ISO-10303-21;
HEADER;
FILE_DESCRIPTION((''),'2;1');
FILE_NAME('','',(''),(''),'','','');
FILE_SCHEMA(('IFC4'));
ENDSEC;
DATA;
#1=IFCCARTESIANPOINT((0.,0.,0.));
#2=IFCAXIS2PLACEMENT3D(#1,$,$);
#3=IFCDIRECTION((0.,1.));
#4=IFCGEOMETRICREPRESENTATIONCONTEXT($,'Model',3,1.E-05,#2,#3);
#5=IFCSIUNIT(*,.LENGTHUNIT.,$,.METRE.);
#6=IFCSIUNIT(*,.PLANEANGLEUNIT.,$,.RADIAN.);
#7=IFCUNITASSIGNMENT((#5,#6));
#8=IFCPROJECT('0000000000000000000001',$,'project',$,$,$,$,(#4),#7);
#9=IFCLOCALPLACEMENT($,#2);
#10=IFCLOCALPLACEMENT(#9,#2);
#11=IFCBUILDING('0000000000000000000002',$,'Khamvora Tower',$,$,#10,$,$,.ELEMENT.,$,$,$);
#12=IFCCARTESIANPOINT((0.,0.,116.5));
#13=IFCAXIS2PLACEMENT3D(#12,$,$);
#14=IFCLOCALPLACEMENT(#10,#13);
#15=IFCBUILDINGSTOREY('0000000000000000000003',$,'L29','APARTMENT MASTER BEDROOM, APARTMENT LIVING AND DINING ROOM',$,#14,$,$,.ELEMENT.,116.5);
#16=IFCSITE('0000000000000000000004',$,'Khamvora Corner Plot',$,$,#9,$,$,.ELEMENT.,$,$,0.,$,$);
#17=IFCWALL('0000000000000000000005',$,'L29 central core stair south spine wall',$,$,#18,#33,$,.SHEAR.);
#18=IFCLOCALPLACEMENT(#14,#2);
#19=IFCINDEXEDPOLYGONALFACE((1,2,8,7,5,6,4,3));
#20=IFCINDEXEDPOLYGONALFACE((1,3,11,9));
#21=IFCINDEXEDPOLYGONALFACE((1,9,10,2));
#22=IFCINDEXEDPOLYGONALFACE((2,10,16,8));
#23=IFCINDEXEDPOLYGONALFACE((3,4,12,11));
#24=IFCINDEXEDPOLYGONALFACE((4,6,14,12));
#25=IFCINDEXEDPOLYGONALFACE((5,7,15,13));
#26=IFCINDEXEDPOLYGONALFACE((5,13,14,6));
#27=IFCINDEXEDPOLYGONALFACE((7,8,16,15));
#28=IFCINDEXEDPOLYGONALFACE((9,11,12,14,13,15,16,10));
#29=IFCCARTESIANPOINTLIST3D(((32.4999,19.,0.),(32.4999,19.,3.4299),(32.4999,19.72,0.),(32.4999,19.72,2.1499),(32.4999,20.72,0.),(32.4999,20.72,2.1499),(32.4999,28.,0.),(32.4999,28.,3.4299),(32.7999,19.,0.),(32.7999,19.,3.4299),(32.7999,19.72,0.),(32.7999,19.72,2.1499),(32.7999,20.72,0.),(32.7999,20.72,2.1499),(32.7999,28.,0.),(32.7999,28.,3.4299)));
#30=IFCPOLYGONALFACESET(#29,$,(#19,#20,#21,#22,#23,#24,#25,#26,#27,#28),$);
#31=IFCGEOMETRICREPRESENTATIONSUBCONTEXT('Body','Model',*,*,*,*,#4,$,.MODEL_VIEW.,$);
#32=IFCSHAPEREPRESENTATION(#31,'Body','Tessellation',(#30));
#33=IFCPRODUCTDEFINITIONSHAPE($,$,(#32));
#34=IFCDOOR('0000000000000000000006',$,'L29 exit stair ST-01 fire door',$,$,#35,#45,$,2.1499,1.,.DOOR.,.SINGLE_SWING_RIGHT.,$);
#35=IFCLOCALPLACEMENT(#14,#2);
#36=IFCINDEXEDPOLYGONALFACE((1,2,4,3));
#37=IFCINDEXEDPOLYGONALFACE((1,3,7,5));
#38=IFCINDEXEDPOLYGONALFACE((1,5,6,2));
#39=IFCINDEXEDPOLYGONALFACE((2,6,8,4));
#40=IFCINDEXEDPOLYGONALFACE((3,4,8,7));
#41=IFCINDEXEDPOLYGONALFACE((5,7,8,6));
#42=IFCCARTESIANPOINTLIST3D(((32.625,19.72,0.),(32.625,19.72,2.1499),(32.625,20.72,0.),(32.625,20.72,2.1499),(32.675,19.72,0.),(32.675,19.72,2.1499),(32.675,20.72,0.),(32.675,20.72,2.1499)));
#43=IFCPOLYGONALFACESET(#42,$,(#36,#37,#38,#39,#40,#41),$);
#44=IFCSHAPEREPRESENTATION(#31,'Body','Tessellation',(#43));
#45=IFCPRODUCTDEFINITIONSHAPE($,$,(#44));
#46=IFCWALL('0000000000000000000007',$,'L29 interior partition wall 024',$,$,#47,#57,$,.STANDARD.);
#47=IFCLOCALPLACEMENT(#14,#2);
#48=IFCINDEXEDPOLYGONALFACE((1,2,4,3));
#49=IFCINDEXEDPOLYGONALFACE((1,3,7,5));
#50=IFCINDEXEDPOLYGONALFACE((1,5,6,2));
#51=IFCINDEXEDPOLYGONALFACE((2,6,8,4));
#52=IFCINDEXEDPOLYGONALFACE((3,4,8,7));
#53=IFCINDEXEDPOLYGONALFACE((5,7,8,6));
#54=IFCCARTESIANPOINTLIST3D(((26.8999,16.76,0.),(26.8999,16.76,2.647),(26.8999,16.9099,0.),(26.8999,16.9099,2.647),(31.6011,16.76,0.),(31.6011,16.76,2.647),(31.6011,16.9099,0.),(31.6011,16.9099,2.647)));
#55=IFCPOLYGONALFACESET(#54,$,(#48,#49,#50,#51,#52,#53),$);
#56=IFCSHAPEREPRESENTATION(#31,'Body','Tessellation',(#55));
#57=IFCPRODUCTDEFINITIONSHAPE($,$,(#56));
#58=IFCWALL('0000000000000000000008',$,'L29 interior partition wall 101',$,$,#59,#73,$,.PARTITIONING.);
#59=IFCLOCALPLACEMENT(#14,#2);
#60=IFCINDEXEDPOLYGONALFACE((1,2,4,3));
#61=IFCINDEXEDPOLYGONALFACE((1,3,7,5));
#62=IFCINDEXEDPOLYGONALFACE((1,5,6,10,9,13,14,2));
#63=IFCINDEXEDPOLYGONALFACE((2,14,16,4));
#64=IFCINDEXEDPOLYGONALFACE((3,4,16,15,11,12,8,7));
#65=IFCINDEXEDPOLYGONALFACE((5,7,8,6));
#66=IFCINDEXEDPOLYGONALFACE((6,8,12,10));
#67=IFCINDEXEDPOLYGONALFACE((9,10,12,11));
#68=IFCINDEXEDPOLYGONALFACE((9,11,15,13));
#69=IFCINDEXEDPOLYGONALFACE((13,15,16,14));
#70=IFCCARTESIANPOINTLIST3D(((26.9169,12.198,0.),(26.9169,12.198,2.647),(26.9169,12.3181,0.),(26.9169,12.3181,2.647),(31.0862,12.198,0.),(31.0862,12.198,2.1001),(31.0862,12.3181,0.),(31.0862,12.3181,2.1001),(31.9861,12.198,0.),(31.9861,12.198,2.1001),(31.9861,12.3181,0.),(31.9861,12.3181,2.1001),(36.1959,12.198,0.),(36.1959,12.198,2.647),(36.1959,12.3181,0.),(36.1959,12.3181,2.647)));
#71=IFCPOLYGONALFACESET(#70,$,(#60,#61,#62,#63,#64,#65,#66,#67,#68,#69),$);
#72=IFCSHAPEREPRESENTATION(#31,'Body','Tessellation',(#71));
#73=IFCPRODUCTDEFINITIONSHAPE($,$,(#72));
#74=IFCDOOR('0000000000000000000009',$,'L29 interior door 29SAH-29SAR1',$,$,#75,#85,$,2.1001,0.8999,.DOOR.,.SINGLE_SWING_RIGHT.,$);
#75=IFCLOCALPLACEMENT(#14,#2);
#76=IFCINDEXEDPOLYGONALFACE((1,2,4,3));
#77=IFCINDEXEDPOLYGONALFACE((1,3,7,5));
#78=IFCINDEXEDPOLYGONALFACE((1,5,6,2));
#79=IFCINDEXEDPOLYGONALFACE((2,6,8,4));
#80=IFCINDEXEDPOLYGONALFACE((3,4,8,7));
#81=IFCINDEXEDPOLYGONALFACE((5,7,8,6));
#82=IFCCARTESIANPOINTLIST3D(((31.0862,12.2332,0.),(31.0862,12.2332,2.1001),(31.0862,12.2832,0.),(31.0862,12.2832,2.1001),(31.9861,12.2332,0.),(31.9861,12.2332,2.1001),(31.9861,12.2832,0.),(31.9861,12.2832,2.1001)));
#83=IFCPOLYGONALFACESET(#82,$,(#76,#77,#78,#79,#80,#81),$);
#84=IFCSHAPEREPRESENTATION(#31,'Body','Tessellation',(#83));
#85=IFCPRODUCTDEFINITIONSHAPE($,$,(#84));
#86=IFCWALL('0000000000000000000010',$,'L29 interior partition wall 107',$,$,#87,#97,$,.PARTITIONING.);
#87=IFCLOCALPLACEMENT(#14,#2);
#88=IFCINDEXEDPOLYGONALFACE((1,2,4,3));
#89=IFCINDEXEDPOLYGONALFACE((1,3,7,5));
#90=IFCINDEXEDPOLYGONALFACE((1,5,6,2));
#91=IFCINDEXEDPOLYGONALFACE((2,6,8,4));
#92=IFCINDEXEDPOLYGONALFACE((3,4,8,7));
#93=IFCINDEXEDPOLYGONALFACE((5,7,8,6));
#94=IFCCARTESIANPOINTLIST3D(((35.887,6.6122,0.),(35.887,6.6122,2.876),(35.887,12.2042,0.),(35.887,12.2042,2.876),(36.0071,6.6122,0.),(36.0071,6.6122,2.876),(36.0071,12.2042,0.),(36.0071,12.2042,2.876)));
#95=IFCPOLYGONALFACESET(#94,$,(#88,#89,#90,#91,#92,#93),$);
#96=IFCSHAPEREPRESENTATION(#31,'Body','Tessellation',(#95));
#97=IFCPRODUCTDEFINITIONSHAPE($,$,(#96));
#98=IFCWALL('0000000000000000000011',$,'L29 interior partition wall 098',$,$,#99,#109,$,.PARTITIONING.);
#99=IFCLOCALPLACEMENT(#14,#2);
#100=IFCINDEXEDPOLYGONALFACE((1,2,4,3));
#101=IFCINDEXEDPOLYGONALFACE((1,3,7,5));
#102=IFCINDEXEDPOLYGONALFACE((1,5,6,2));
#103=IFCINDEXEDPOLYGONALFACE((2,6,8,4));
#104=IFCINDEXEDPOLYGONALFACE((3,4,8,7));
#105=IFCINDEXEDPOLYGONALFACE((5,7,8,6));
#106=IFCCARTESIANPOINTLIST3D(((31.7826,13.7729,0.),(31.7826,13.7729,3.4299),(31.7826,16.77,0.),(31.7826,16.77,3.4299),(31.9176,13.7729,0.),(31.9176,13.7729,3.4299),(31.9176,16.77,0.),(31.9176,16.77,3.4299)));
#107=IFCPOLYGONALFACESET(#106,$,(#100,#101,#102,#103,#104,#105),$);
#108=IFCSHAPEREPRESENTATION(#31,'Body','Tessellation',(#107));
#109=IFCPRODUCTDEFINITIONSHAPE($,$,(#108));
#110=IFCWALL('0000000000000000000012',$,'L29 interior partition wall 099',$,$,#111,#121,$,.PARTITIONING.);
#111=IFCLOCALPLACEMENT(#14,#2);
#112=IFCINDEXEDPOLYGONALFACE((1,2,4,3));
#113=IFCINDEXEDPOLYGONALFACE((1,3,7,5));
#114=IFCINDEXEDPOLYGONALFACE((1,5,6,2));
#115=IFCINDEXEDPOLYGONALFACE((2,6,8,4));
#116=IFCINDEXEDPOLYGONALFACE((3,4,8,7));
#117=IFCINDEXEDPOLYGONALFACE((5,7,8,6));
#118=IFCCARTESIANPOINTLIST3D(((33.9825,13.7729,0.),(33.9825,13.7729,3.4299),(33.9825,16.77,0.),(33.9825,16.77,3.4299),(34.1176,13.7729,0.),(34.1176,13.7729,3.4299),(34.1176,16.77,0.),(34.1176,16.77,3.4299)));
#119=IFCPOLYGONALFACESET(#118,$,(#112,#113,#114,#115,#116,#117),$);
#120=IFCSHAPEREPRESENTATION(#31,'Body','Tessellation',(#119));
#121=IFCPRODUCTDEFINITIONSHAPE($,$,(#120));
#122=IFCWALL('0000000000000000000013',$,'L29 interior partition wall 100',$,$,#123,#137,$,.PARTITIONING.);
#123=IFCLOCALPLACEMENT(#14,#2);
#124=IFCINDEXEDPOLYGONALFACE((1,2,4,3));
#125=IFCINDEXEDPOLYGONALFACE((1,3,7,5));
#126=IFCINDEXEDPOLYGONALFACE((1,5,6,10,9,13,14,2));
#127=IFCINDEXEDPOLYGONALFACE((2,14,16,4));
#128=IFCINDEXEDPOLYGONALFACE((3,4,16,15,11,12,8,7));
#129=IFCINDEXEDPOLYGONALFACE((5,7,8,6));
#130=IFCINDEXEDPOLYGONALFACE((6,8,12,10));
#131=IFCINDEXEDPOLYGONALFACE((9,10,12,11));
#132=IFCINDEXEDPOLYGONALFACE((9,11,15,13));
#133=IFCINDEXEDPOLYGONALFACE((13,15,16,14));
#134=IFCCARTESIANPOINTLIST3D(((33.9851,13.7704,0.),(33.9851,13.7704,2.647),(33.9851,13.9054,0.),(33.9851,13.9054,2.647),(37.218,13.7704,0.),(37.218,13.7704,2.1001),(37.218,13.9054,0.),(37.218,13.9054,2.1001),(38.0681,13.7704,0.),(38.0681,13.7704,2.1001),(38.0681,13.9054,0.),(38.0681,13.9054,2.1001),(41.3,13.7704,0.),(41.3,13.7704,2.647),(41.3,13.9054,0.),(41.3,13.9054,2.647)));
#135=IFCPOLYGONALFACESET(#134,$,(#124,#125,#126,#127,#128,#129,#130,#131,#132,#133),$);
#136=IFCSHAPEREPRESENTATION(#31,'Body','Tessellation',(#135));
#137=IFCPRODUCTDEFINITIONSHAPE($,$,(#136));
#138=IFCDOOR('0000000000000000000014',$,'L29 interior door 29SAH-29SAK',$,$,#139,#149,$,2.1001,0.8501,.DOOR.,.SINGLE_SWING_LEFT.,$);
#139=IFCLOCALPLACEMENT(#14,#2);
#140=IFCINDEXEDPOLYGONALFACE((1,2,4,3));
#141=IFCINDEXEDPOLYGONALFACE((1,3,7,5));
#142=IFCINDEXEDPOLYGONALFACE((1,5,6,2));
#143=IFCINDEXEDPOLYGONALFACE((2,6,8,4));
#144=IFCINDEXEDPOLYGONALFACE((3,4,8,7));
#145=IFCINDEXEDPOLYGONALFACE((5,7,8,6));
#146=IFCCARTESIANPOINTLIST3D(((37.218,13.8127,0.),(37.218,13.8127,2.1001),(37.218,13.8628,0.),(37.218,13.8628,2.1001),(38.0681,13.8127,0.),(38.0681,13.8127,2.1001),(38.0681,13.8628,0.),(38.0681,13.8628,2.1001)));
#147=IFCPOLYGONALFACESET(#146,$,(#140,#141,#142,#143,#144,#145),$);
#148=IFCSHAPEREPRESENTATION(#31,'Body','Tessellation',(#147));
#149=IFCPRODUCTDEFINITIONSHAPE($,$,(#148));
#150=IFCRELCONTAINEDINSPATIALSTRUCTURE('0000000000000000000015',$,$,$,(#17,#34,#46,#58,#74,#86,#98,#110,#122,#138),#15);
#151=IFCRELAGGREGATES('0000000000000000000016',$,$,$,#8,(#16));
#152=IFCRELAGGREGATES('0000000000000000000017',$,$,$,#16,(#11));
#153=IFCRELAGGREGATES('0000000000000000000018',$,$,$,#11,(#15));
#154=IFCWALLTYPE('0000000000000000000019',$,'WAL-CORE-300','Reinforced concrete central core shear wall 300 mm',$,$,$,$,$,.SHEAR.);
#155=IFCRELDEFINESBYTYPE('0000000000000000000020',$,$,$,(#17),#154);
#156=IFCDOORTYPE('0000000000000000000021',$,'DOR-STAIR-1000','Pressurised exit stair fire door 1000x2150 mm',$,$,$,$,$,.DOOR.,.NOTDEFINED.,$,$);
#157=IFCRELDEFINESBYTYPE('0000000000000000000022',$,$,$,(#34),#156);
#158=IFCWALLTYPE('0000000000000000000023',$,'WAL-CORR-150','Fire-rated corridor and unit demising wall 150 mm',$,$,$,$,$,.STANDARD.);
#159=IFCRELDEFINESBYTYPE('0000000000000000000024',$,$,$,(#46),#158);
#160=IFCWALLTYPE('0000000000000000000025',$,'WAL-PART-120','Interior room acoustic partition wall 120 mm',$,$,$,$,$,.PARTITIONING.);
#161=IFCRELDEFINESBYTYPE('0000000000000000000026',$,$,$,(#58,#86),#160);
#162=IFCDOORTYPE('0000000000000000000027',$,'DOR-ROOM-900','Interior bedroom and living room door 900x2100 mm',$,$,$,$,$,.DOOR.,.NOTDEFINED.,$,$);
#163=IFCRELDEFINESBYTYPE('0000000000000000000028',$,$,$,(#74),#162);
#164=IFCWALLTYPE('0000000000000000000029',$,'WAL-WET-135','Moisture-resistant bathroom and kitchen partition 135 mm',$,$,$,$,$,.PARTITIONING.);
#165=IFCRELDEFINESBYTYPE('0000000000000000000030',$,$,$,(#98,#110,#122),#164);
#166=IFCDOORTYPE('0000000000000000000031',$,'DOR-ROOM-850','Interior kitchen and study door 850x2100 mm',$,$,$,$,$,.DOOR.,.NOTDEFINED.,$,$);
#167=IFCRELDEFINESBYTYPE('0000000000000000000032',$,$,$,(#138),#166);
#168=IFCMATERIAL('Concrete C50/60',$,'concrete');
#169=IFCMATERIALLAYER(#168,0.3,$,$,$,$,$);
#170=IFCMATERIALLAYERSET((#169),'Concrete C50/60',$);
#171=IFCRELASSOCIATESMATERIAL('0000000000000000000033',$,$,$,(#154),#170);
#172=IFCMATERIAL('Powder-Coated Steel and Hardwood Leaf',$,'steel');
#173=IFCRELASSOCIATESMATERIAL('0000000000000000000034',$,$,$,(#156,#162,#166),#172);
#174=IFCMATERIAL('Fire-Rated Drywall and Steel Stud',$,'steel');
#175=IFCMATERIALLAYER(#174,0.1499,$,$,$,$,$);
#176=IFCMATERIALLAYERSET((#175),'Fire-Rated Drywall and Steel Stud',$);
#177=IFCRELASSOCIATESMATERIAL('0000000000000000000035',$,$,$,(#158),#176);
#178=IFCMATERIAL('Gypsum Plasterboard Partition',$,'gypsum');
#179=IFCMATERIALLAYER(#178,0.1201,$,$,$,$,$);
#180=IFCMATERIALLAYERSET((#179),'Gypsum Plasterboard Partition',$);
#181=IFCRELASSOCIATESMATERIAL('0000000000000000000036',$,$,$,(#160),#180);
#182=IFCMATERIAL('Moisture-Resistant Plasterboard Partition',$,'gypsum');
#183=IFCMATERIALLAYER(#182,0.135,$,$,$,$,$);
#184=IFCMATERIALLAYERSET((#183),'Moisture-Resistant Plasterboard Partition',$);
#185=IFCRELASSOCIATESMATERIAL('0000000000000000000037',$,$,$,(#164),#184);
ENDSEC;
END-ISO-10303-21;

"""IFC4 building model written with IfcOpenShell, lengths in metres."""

from ifc_helpers import new_model, si_unit, direction, frame, frame_2d, origin, place, context, subcontext, project, spatial, rectangle, extrude, material, layer, layer_set, type_object, element, fill, save


model = new_model("IFC4")

# Units and contexts
model_context = context("Model", 3, precision=1e-05, world=origin(), true_north=direction((0.0, 1.0)))
body_context = subcontext(model_context, "Body", "Model", "MODEL_VIEW")
ifc_project = project(units=[si_unit("LENGTHUNIT", "METRE"), si_unit("PLANEANGLEUNIT", "RADIAN")], contexts=[model_context])

# Site, building, storey
site_placement = place(None, origin())
site = spatial("IfcSite", under=ifc_project, at=site_placement, Name="Khamvora Corner Plot", CompositionType="ELEMENT", RefElevation=0.0)
building_placement = place(site_placement, origin())
building = spatial("IfcBuilding", under=site, at=building_placement, Name="Khamvora Tower", CompositionType="ELEMENT")
storey_placement = place(building_placement, frame((0.0, 0.0, 116.5)))
storey = spatial("IfcBuildingStorey", under=building, at=storey_placement, Name="L29", Description="APARTMENT MASTER BEDROOM, APARTMENT LIVING AND DINING ROOM", CompositionType="ELEMENT", Elevation=116.5)

# Wall, opening, door
ifc_material_1 = material(Name="Concrete C50/60", Category="concrete")
ifc_layer_1 = layer(ifc_material_1, 0.3)
ifc_layer_set_1 = layer_set([ifc_layer_1], Name="Concrete C50/60")
wall_type_1 = type_object("IfcWallType", Name="WAL-CORE-300", Description="Reinforced concrete central core shear wall 300 mm", PredefinedType="SHEAR", material=ifc_layer_set_1)
wall_1_placement = place(storey_placement, frame((32.6499, 19.0, 0.0), z_axis=(0.0, 0.0, 1.0), x_axis=(0.0, 1.0, 0.0)))
wall_1 = element("IfcWall", 1, at=wall_1_placement, inside=storey, type_object=wall_type_1, Name="L29 central core stair south spine wall", PredefinedType="SHEAR", context=body_context, shape_type="SweptSolid", body=[
    extrude(rectangle(XDim=9.0, YDim=0.3, at=frame_2d((4.5, 0.0))), origin(), (0.0, 0.0, 1.0), 3.4299),
])
opening_1_placement = place(wall_1_placement, frame((0.72, 0.0, 0.0)))
opening_1 = element("IfcOpeningElement", 2, at=opening_1_placement, cuts=wall_1, PredefinedType="OPENING", context=body_context, shape_type="SweptSolid", body=[
    extrude(rectangle(XDim=1.0, YDim=2.1499, at=frame_2d((0.5, 1.075))), frame((0.0, 0.1599, 0.0), z_axis=(0.0, -1.0, 0.0), x_axis=(1.0, 0.0, 0.0)), (0.0, 0.0, 1.0), 0.3201),
])
ifc_material_2 = material(Name="Powder-Coated Steel and Hardwood Leaf", Category="steel")
door_type_1 = type_object("IfcDoorType", Name="DOR-STAIR-1000", Description="Pressurised exit stair fire door 1000x2150 mm", OperationType="NOTDEFINED", PredefinedType="DOOR", material=ifc_material_2)
door_1_placement = place(opening_1_placement, origin())
door_1 = element("IfcDoor", 3, at=door_1_placement, inside=storey, type_object=door_type_1, Name="L29 exit stair ST-01 fire door", OperationType="SINGLE_SWING_RIGHT", OverallHeight=2.1499, OverallWidth=1.0, PredefinedType="DOOR", context=body_context, shape_type="SweptSolid", body=[
    extrude(rectangle(XDim=1.0, YDim=2.1499, at=frame_2d((0.5, 1.075))), frame((0.0, 0.0249, 0.0), z_axis=(0.0, -1.0, 0.0), x_axis=(1.0, 0.0, 0.0)), (0.0, 0.0, 1.0), 0.05),
])
fill(opening_1, door_1)
ifc_material_3 = material(Name="Fire-Rated Drywall and Steel Stud", Category="steel")
ifc_layer_2 = layer(ifc_material_3, 0.1499)
ifc_layer_set_2 = layer_set([ifc_layer_2], Name="Fire-Rated Drywall and Steel Stud")
wall_type_2 = type_object("IfcWallType", Name="WAL-CORR-150", Description="Fire-rated corridor and unit demising wall 150 mm", PredefinedType="STANDARD", material=ifc_layer_set_2)

# Wall
wall_2_placement = place(storey_placement, frame((31.6011, 16.835, 0.0), z_axis=(0.0, 0.0, 1.0), x_axis=(-1.0, 0.0, 0.0)))
element("IfcWall", 4, at=wall_2_placement, inside=storey, type_object=wall_type_2, Name="L29 interior partition wall 024", PredefinedType="STANDARD", context=body_context, shape_type="SweptSolid", body=[
    extrude(rectangle(XDim=4.7012, YDim=0.1499, at=frame_2d((2.3506, 0.0))), origin(), (0.0, 0.0, 1.0), 2.647),
])

# Wall, opening, door
ifc_material_4 = material(Name="Gypsum Plasterboard Partition", Category="gypsum")
ifc_layer_3 = layer(ifc_material_4, 0.1201)
ifc_layer_set_3 = layer_set([ifc_layer_3], Name="Gypsum Plasterboard Partition")
wall_type_3 = type_object("IfcWallType", Name="WAL-PART-120", Description="Interior room acoustic partition wall 120 mm", PredefinedType="PARTITIONING", material=ifc_layer_set_3)
wall_3_placement = place(storey_placement, frame((36.196, 12.2581, 0.0), z_axis=(0.0, 0.0, 1.0), x_axis=(-1.0, 0.0, 0.0)))
wall_3 = element("IfcWall", 5, at=wall_3_placement, inside=storey, type_object=wall_type_3, Name="L29 interior partition wall 101", PredefinedType="PARTITIONING", context=body_context, shape_type="SweptSolid", body=[
    extrude(rectangle(XDim=9.2791, YDim=0.1201, at=frame_2d((4.6396, 0.0))), origin(), (0.0, 0.0, 1.0), 2.647),
])
opening_2_placement = place(wall_3_placement, frame((4.21, 0.0, 0.0)))
opening_2 = element("IfcOpeningElement", 6, at=opening_2_placement, cuts=wall_3, PredefinedType="OPENING", context=body_context, shape_type="SweptSolid", body=[
    extrude(rectangle(XDim=0.8999, YDim=2.1001, at=frame_2d((0.45, 1.05))), frame((0.0, 0.0701, 0.0), z_axis=(0.0, -1.0, 0.0), x_axis=(1.0, 0.0, 0.0)), (0.0, 0.0, 1.0), 0.1401),
])
door_type_2 = type_object("IfcDoorType", Name="DOR-ROOM-900", Description="Interior bedroom and living room door 900x2100 mm", OperationType="NOTDEFINED", PredefinedType="DOOR", material=ifc_material_2)
door_2_placement = place(opening_2_placement, origin())
door_2 = element("IfcDoor", 7, at=door_2_placement, inside=storey, type_object=door_type_2, Name="L29 interior door 29SAH-29SAR1", OperationType="SINGLE_SWING_RIGHT", OverallHeight=2.1001, OverallWidth=0.8999, PredefinedType="DOOR", context=body_context, shape_type="SweptSolid", body=[
    extrude(rectangle(XDim=0.8999, YDim=2.1001, at=frame_2d((0.45, 1.05))), frame((0.0, 0.0249, 0.0), z_axis=(0.0, -1.0, 0.0), x_axis=(1.0, 0.0, 0.0)), (0.0, 0.0, 1.0), 0.05),
])
fill(opening_2, door_2)

# Walls
wall_4_placement = place(storey_placement, frame((35.947, 12.2041, 0.0), z_axis=(0.0, 0.0, 1.0), x_axis=(0.0, -1.0, 0.0)))
element("IfcWall", 8, at=wall_4_placement, inside=storey, type_object=wall_type_3, Name="L29 interior partition wall 107", PredefinedType="PARTITIONING", context=body_context, shape_type="SweptSolid", body=[
    extrude(rectangle(XDim=5.592, YDim=0.1201, at=frame_2d((2.7959, 0.0))), origin(), (0.0, 0.0, 1.0), 2.876),
])
ifc_material_5 = material(Name="Moisture-Resistant Plasterboard Partition", Category="gypsum")
ifc_layer_4 = layer(ifc_material_5, 0.135)
ifc_layer_set_4 = layer_set([ifc_layer_4], Name="Moisture-Resistant Plasterboard Partition")
wall_type_4 = type_object("IfcWallType", Name="WAL-WET-135", Description="Moisture-resistant bathroom and kitchen partition 135 mm", PredefinedType="PARTITIONING", material=ifc_layer_set_4)
for number, where, z_axis, x_axis, name in (
    (9, (31.8501, 13.7729, 0.0), (0.0, 0.0, 1.0), (0.0, 1.0, 0.0), "L29 interior partition wall 098"),
    (10, (34.05, 16.77, 0.0), (0.0, 0.0, 1.0), (0.0, -1.0, 0.0), "L29 interior partition wall 099"),
):
    element("IfcWall", number, at=place(storey_placement, frame(where, z_axis=z_axis, x_axis=x_axis)), inside=storey, type_object=wall_type_4, Name=name, PredefinedType="PARTITIONING", context=body_context, shape_type="SweptSolid", body=[
        extrude(rectangle(XDim=2.9971, YDim=0.135, at=frame_2d((1.4985, 0.0))), origin(), (0.0, 0.0, 1.0), 3.4299),
    ])

# Wall, opening, door
wall_5_placement = place(storey_placement, frame((33.9851, 13.8379, 0.0), z_axis=(0.0, 0.0, 1.0), x_axis=(1.0, 0.0, 0.0)))
wall_5 = element("IfcWall", 11, at=wall_5_placement, inside=storey, type_object=wall_type_4, Name="L29 interior partition wall 100", PredefinedType="PARTITIONING", context=body_context, shape_type="SweptSolid", body=[
    extrude(rectangle(XDim=7.3149, YDim=0.135, at=frame_2d((3.6575, 0.0))), origin(), (0.0, 0.0, 1.0), 2.647),
])
opening_3_placement = place(wall_5_placement, frame((3.2329, 0.0, 0.0)))
opening_3 = element("IfcOpeningElement", 12, at=opening_3_placement, cuts=wall_5, PredefinedType="OPENING", context=body_context, shape_type="SweptSolid", body=[
    extrude(rectangle(XDim=0.8501, YDim=2.1001, at=frame_2d((0.425, 1.05))), frame((0.0, 0.0774, 0.0), z_axis=(0.0, -1.0, 0.0), x_axis=(1.0, 0.0, 0.0)), (0.0, 0.0, 1.0), 0.155),
])
door_type_3 = type_object("IfcDoorType", Name="DOR-ROOM-850", Description="Interior kitchen and study door 850x2100 mm", OperationType="NOTDEFINED", PredefinedType="DOOR", material=ifc_material_2)
door_3_placement = place(opening_3_placement, origin())
door_3 = element("IfcDoor", 13, at=door_3_placement, inside=storey, type_object=door_type_3, Name="L29 interior door 29SAH-29SAK", OperationType="SINGLE_SWING_LEFT", OverallHeight=2.1001, OverallWidth=0.8501, PredefinedType="DOOR", context=body_context, shape_type="SweptSolid", body=[
    extrude(rectangle(XDim=0.8501, YDim=2.1001, at=frame_2d((0.425, 1.05))), frame((0.0, 0.0249, 0.0), z_axis=(0.0, -1.0, 0.0), x_axis=(1.0, 0.0, 0.0)), (0.0, 0.0, 1.0), 0.05),
])
fill(opening_3, door_3)

save(model, "model.ifc")
